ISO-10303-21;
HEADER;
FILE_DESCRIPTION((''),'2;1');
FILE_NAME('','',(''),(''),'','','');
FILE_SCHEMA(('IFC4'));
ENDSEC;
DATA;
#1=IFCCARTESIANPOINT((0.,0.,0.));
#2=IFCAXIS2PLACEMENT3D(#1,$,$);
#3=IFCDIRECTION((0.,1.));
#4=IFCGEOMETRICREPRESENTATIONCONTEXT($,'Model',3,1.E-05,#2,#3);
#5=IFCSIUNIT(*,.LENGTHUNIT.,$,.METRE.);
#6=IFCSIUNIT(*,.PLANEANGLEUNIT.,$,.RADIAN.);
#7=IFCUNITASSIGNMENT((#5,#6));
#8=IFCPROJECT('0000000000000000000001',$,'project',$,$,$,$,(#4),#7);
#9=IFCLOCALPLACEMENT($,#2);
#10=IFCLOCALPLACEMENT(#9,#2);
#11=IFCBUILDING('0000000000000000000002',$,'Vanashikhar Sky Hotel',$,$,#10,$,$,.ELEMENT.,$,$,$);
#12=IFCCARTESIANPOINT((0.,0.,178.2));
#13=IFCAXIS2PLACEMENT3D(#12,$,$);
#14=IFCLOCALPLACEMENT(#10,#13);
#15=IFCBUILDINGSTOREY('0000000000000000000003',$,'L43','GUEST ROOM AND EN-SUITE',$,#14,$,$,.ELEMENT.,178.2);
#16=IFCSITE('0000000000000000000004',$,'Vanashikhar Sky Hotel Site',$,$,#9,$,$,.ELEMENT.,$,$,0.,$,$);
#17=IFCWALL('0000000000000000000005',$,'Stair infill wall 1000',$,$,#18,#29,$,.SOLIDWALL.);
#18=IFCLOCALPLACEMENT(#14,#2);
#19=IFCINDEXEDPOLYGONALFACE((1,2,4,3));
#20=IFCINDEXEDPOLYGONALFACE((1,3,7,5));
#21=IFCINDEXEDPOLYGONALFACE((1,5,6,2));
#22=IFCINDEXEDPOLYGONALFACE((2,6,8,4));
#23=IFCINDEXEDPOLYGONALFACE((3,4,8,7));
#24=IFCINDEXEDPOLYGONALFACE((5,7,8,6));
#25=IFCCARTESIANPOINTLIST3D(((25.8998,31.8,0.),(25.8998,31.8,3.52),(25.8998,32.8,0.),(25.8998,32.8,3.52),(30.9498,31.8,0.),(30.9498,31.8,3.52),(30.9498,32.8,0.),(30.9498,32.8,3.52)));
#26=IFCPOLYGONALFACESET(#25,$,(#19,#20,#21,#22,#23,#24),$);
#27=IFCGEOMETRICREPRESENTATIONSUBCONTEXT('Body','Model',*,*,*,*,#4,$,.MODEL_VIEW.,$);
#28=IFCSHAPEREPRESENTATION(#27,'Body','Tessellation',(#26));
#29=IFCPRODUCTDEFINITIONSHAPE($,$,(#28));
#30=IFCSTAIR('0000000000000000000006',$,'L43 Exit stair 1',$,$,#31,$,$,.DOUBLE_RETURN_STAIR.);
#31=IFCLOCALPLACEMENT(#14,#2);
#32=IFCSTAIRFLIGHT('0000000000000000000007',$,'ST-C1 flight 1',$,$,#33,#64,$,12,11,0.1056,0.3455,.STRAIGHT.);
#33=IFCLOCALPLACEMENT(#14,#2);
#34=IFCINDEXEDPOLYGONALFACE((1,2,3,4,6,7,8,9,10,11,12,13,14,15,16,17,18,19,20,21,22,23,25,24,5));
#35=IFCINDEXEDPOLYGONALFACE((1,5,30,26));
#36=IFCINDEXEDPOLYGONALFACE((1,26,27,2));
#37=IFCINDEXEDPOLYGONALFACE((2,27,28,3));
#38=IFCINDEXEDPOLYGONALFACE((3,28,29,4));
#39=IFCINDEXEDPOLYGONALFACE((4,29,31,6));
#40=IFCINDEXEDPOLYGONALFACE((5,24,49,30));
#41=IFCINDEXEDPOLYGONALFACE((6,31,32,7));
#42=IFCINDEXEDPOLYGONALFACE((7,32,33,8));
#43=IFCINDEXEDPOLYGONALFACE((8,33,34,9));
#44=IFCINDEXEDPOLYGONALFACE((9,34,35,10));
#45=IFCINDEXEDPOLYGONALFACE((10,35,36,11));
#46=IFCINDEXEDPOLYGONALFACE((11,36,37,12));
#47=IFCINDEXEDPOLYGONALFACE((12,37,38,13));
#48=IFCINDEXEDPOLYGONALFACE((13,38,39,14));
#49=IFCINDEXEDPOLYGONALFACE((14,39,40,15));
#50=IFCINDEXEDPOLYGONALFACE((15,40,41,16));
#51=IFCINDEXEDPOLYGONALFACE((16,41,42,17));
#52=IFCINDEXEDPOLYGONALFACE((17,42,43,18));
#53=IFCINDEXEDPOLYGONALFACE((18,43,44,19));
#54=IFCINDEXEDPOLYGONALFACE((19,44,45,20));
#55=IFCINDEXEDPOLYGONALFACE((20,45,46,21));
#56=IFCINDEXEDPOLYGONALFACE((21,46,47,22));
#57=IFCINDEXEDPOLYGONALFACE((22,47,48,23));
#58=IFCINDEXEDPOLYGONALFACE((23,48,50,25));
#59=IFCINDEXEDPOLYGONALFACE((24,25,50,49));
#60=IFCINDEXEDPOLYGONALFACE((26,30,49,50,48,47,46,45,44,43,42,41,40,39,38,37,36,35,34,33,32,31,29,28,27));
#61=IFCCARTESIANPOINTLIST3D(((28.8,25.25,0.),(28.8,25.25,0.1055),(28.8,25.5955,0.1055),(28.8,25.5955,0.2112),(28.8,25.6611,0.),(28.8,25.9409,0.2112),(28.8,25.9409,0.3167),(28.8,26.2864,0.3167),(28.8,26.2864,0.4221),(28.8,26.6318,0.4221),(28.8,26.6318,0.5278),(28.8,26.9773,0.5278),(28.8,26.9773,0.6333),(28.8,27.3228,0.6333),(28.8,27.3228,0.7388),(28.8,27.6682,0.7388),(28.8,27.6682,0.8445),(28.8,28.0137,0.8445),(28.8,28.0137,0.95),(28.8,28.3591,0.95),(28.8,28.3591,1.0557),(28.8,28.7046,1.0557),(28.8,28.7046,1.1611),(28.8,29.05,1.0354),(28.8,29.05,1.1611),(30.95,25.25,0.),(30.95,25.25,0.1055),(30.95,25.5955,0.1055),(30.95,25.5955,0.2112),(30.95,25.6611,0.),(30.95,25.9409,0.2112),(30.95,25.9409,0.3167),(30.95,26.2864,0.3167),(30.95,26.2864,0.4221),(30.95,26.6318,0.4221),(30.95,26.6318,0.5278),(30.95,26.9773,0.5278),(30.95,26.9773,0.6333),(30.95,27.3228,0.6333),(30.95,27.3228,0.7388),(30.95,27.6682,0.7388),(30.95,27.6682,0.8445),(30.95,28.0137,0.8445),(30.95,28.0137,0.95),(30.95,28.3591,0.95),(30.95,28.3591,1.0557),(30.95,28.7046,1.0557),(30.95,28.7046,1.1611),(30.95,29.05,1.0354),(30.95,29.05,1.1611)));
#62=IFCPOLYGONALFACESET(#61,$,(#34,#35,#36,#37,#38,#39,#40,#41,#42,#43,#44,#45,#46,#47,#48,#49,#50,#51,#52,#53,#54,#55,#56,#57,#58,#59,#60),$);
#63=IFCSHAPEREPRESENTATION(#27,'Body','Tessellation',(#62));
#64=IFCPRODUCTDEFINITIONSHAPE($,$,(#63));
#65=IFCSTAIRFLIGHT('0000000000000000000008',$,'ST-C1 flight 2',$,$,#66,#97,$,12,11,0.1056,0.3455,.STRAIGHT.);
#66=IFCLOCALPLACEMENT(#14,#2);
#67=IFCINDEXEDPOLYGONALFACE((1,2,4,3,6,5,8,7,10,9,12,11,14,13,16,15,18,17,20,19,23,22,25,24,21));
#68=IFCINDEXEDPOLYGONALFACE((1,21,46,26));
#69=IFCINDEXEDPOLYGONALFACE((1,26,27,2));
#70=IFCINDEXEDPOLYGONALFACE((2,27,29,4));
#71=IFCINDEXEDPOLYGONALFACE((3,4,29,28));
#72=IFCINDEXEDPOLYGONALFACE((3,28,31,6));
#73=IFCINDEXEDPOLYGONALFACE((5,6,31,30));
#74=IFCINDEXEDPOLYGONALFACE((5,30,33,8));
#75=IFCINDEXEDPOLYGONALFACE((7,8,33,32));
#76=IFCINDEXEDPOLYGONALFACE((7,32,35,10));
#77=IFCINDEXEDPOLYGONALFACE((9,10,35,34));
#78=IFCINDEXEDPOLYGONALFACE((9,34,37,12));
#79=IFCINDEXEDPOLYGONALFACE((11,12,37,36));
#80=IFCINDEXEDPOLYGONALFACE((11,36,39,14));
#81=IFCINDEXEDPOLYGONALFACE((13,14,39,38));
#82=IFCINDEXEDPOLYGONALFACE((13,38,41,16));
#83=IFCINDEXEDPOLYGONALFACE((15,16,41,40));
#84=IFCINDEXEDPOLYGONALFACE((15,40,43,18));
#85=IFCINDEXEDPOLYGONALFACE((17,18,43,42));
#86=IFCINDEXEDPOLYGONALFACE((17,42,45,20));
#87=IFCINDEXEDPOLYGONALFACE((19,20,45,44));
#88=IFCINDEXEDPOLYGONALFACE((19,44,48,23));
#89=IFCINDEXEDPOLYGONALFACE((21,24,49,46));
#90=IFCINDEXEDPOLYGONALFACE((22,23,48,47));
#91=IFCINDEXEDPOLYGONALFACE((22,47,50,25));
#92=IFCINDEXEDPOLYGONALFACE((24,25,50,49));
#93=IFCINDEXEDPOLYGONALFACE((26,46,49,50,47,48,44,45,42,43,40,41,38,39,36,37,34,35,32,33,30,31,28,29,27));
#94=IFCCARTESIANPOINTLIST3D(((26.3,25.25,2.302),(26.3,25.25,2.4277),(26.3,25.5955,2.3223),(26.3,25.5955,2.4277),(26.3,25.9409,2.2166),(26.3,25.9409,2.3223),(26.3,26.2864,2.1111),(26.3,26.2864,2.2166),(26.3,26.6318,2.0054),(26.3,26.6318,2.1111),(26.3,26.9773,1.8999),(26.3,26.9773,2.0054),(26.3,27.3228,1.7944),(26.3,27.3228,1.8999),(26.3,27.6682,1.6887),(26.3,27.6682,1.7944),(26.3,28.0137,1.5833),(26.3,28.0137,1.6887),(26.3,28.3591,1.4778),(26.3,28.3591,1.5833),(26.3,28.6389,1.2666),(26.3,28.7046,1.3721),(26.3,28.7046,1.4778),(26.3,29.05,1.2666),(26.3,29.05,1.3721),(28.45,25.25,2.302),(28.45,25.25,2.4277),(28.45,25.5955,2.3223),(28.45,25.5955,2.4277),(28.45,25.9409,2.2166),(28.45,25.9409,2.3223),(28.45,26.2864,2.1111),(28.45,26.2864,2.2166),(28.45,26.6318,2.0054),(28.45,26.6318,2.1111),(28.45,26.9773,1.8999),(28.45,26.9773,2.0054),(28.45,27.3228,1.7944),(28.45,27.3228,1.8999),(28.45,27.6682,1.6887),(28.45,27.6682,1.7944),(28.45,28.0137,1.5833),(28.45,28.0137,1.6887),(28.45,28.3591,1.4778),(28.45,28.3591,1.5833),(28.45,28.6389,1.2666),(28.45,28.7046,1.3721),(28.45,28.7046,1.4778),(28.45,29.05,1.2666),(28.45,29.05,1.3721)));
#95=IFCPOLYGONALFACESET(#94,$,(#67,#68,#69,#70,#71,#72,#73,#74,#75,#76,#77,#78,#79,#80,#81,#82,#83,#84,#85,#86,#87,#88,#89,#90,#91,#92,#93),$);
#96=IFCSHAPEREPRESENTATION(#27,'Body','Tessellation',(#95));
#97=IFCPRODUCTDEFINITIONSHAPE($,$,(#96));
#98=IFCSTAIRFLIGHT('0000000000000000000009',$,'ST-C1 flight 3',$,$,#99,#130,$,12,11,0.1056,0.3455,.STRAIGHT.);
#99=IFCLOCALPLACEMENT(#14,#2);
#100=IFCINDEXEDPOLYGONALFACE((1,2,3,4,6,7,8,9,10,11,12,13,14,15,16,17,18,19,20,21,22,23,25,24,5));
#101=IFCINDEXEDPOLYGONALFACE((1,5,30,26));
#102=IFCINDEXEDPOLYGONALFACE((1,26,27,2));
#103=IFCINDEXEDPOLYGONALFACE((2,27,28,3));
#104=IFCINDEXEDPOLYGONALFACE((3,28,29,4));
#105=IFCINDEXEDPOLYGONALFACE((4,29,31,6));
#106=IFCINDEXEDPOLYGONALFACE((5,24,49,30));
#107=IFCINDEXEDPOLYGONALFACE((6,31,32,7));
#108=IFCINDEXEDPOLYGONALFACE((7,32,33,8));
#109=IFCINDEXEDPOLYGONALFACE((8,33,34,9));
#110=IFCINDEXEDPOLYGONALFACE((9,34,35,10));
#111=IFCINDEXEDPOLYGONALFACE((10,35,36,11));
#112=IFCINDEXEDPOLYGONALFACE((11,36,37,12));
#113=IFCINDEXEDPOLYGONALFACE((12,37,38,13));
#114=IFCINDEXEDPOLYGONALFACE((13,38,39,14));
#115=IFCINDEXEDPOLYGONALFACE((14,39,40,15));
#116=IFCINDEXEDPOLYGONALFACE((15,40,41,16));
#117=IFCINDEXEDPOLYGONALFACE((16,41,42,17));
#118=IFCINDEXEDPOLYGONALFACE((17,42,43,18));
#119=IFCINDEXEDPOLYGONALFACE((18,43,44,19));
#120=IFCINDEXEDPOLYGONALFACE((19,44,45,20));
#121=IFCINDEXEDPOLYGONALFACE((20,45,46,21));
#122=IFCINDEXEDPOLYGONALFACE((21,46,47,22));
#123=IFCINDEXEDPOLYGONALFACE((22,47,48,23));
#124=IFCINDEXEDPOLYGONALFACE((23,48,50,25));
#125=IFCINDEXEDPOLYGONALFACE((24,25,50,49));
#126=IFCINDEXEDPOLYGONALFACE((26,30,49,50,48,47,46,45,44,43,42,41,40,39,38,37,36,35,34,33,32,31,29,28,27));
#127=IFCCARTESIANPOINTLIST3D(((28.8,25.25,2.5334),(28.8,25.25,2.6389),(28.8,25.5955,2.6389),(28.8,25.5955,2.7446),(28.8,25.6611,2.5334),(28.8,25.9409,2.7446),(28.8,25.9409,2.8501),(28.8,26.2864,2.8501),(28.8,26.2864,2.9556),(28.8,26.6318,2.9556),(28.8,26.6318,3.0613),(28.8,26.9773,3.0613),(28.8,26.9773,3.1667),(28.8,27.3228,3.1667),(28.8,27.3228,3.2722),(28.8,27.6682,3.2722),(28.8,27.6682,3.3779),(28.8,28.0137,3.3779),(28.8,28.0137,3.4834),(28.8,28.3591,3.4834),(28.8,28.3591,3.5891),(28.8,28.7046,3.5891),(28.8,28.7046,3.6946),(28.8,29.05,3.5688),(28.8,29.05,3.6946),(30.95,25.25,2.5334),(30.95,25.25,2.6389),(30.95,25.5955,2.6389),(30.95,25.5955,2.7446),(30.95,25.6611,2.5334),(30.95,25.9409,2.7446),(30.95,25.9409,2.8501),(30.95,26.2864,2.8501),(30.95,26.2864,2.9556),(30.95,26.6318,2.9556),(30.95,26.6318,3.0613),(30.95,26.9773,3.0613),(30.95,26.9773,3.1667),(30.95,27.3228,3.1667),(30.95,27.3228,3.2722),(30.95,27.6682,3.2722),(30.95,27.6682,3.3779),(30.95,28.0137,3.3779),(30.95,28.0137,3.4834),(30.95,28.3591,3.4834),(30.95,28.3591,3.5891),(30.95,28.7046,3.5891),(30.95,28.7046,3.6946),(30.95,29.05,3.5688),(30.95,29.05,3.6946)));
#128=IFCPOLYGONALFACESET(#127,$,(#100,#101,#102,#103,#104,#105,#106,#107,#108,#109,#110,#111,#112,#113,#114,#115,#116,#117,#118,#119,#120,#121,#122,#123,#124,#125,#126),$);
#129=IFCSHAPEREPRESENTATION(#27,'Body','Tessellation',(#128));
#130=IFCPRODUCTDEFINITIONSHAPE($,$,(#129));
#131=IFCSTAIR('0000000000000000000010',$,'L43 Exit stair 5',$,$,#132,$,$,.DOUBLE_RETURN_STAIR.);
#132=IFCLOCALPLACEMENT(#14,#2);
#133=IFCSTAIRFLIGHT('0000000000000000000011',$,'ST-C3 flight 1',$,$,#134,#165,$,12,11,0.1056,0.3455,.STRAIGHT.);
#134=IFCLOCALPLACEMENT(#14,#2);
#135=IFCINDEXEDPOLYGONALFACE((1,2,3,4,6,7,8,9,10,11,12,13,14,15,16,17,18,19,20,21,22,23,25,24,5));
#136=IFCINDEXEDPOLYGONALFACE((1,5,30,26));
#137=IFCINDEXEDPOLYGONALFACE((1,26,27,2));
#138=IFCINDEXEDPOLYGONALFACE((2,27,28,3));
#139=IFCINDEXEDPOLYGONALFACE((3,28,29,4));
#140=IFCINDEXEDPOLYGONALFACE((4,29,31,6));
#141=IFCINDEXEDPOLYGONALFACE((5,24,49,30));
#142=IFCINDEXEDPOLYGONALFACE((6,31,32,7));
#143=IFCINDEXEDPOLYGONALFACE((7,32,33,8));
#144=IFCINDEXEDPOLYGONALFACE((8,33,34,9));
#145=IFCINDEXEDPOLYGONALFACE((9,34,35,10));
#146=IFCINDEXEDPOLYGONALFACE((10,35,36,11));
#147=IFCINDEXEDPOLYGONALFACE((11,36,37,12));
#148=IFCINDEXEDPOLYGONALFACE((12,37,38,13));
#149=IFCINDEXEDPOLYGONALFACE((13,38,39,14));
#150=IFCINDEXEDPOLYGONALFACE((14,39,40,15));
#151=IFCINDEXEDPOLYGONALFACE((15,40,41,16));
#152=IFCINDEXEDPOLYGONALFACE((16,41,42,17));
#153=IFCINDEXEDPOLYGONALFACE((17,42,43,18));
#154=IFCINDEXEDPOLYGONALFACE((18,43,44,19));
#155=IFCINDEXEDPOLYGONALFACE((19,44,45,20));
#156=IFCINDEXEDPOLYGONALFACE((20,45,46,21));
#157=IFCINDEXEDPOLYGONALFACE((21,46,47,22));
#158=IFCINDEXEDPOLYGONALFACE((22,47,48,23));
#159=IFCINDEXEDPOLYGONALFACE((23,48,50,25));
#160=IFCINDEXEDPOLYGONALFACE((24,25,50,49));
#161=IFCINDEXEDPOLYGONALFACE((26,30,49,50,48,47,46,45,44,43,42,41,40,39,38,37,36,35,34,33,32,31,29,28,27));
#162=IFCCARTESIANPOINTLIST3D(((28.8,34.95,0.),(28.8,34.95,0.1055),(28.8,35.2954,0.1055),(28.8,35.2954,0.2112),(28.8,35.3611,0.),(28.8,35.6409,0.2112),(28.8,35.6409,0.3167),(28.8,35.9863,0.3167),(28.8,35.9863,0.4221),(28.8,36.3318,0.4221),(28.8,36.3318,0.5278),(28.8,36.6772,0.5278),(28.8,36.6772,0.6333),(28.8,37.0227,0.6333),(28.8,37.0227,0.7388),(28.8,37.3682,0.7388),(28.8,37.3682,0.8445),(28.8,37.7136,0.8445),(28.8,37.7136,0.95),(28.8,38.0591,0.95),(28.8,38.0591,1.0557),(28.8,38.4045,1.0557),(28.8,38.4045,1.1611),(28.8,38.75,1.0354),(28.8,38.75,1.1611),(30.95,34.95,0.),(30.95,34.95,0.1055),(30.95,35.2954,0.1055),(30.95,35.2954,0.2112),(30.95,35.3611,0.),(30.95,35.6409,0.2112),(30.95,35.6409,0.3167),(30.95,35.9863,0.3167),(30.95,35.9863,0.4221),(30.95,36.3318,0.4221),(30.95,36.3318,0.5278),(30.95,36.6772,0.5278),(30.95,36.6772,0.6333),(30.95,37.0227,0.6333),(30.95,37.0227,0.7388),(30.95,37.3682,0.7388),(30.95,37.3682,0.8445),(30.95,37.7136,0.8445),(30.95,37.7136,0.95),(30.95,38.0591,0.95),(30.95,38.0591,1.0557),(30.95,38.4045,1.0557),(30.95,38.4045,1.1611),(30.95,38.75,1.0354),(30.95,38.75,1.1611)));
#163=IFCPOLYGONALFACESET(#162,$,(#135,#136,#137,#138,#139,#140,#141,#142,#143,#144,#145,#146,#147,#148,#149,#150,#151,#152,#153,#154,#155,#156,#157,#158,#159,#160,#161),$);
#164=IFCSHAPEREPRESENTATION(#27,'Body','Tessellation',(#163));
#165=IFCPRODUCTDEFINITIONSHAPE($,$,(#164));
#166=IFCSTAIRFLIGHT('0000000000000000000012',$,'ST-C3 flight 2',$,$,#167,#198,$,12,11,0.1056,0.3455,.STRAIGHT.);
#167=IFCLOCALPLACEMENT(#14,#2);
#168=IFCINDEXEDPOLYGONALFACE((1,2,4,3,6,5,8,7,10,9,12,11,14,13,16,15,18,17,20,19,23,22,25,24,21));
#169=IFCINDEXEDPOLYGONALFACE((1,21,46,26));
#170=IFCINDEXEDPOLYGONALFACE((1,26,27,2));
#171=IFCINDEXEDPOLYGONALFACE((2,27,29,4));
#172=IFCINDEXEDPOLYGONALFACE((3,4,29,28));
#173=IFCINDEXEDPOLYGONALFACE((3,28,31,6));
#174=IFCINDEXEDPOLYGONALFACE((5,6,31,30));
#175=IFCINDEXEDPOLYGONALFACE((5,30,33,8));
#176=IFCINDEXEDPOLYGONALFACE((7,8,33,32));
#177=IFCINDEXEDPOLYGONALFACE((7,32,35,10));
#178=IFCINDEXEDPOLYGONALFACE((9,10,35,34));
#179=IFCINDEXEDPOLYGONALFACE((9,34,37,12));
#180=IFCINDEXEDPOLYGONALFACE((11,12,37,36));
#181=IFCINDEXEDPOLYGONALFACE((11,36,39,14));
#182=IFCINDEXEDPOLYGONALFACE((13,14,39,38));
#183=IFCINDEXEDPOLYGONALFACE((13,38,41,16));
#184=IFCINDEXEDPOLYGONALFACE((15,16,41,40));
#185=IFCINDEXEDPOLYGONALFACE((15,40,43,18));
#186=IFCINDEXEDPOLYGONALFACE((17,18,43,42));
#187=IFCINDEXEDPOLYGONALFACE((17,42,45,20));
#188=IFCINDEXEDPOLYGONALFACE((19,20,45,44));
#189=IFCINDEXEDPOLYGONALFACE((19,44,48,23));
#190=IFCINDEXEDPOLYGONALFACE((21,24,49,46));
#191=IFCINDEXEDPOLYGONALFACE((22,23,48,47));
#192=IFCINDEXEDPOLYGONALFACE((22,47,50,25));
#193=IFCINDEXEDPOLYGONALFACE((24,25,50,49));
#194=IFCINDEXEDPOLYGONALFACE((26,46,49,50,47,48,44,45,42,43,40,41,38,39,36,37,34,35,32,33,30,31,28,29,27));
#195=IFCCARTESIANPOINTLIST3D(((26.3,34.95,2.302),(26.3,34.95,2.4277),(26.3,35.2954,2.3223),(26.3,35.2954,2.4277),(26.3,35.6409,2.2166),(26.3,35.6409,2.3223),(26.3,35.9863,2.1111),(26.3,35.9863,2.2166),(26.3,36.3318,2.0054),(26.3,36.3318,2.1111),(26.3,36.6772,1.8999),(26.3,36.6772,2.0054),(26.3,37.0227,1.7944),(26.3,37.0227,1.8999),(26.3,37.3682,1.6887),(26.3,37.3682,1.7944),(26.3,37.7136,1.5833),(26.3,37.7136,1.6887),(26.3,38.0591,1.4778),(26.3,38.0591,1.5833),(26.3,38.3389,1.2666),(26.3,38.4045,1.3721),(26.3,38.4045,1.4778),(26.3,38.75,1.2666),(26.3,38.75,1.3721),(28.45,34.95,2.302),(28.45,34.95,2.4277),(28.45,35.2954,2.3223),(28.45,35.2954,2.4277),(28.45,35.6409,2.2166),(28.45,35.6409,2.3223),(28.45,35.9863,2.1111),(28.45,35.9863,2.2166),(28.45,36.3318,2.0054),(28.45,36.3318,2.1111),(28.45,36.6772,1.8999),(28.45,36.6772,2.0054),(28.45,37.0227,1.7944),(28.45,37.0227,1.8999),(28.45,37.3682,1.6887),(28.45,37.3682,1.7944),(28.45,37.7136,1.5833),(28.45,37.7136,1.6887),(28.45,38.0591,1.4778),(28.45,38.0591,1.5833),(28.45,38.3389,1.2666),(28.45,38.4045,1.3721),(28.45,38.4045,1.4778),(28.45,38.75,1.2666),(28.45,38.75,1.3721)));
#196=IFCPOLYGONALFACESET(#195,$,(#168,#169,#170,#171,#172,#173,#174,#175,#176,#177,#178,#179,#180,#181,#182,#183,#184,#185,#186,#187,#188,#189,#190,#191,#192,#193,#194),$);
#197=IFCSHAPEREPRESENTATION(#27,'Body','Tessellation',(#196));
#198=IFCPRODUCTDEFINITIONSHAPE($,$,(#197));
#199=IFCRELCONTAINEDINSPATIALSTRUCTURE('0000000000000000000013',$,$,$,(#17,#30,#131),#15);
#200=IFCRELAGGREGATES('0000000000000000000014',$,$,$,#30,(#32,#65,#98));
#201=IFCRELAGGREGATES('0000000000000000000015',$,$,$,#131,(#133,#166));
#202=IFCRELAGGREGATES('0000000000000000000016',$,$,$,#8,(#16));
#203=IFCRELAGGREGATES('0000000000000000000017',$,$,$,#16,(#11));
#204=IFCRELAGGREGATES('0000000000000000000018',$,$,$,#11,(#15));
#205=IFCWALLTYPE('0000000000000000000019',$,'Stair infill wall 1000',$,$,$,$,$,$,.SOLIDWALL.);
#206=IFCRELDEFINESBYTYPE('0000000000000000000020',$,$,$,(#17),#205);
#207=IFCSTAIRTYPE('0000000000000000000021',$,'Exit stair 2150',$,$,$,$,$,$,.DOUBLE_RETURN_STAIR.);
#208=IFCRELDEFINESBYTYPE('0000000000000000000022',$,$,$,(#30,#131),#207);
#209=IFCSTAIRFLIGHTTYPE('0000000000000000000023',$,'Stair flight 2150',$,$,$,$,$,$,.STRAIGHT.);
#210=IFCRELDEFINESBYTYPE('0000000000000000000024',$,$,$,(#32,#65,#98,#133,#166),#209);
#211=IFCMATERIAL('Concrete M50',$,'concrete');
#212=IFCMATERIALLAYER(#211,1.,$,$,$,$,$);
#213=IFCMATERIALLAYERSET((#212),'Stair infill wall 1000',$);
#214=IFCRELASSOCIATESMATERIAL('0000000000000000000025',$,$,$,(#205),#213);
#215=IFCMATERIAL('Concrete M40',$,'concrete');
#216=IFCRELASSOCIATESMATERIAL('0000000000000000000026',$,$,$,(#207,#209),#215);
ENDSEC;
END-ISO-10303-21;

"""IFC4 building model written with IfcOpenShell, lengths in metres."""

from ifc_helpers import new_model, si_unit, direction, frame, frame_2d, origin, place, context, subcontext, project, spatial, polyline, rectangle, outline, extrude, source, transform, mapped, material, layer, layer_set, type_object, element, aggregate, save


model = new_model("IFC4")

# Units and contexts
model_context = context("Model", 3, precision=1e-05, world=origin(), true_north=direction((0.0, 1.0)))
body_context = subcontext(model_context, "Body", "Model", "MODEL_VIEW")
ifc_project = project(units=[si_unit("LENGTHUNIT", "METRE"), si_unit("PLANEANGLEUNIT", "RADIAN")], contexts=[model_context])

# Site, building, storey
site_placement = place(None, origin())
site = spatial("IfcSite", under=ifc_project, at=site_placement, Name="Vanashikhar Sky Hotel Site", CompositionType="ELEMENT", RefElevation=0.0)
building_placement = place(site_placement, origin())
building = spatial("IfcBuilding", under=site, at=building_placement, Name="Vanashikhar Sky Hotel", CompositionType="ELEMENT")
storey_placement = place(building_placement, frame((0.0, 0.0, 178.2)))
storey = spatial("IfcBuildingStorey", under=building, at=storey_placement, Name="L43", Description="GUEST ROOM AND EN-SUITE", CompositionType="ELEMENT", Elevation=178.2)

# Shared definitions
ifc_material_1 = material(Name="Concrete M50", Category="concrete")

# Wall
ifc_layer_1 = layer(ifc_material_1, 1.0)
ifc_layer_set_1 = layer_set([ifc_layer_1], Name="Stair infill wall 1000")
wall_type_1 = type_object("IfcWallType", Name="Stair infill wall 1000", PredefinedType="SOLIDWALL", material=ifc_layer_set_1)
shared_shape_1 = source(origin(), body_context, "Body", "SweptSolid", [
    extrude(rectangle(XDim=5.05, YDim=1.0, at=frame_2d((2.5249, 0.0))), origin(), (0.0, 0.0, 1.0), 3.52),
])
wall_1_placement = place(storey_placement, frame((25.8999, 32.3, 0.0), z_axis=(0.0, 0.0, 1.0), x_axis=(1.0, 0.0, 0.0)))
element("IfcWall", 1, at=wall_1_placement, inside=storey, type_object=wall_type_1, Name="Stair infill wall 1000", PredefinedType="SOLIDWALL", context=body_context, shape_type="MappedRepresentation", body=[
    mapped(shared_shape_1, transform((0.0, 0.0, 0.0), scale=1.0)),
])

# Stairs, stair flights
ifc_material_2 = material(Name="Concrete M40", Category="concrete")
stair_type = type_object("IfcStairType", Name="Exit stair 2150", PredefinedType="DOUBLE_RETURN_STAIR", material=ifc_material_2)
stair_1_placement = place(storey_placement, origin())
stair_1 = element("IfcStair", 2, at=stair_1_placement, inside=storey, type_object=stair_type, Name="L43 Exit stair 1", PredefinedType="DOUBLE_RETURN_STAIR")
stair_flight_type = type_object("IfcStairFlightType", Name="Stair flight 2150", PredefinedType="STRAIGHT", material=ifc_material_2)
shared_shape_2 = source(origin(), body_context, "Body", "SweptSolid", [
    extrude(outline(polyline([(0.0, 0.0), (0.0, 0.1055), (0.3455, 0.1055), (0.3455, 0.2112), (0.6909, 0.2112), (0.6909, 0.3167), (1.0364, 0.3167), (1.0364, 0.4221), (1.3818, 0.4221), (1.3818, 0.5278), (1.7273, 0.5278), (1.7273, 0.6333), (2.0728, 0.6333), (2.0728, 0.7388), (2.4182, 0.7388), (2.4182, 0.8445), (2.7637, 0.8445), (2.7637, 0.95), (3.1091, 0.95), (3.1091, 1.0557), (3.4546, 1.0557), (3.4546, 1.1611), (3.8, 1.1611), (3.8, 1.2666), (3.8, 1.0354), (0.4111, 0.0), (0.0, 0.0)])), frame((0.0, 1.075, 0.0), z_axis=(0.0, -1.0, 0.0), x_axis=(1.0, 0.0, 0.0)), (0.0, 0.0, 1.0), 2.1499),
])
stair_flight_1_placement = place(storey_placement, frame((29.875, 25.25, 0.0), z_axis=(0.0, 0.0, 1.0), x_axis=(0.0, 1.0, 0.0)))
stair_flight_1 = element("IfcStairFlight", 3, at=stair_flight_1_placement, type_object=stair_flight_type, Name="ST-C1 flight 1", NumberOfRisers=12, NumberOfTreads=11, PredefinedType="STRAIGHT", RiserHeight=0.1056, TreadLength=0.3455, context=body_context, shape_type="MappedRepresentation", body=[
    mapped(shared_shape_2, transform((0.0, 0.0, 0.0), scale=1.0)),
])
stair_flight_2_placement = place(storey_placement, frame((27.375, 29.05, 1.2666), z_axis=(0.0, 0.0, 1.0), x_axis=(0.0, -1.0, 0.0)))
stair_flight_2 = element("IfcStairFlight", 4, at=stair_flight_2_placement, type_object=stair_flight_type, Name="ST-C1 flight 2", NumberOfRisers=12, NumberOfTreads=11, PredefinedType="STRAIGHT", RiserHeight=0.1056, TreadLength=0.3455, context=body_context, shape_type="MappedRepresentation", body=[
    mapped(shared_shape_2, transform((0.0, 0.0, 0.0), scale=1.0)),
])
stair_flight_3_placement = place(storey_placement, frame((29.875, 25.25, 2.5334), z_axis=(0.0, 0.0, 1.0), x_axis=(0.0, 1.0, 0.0)))
stair_flight_3 = element("IfcStairFlight", 5, at=stair_flight_3_placement, type_object=stair_flight_type, Name="ST-C1 flight 3", NumberOfRisers=12, NumberOfTreads=11, PredefinedType="STRAIGHT", RiserHeight=0.1056, TreadLength=0.3455, context=body_context, shape_type="MappedRepresentation", body=[
    mapped(shared_shape_2, transform((0.0, 0.0, 0.0), scale=1.0)),
])
aggregate(stair_1, [stair_flight_1, stair_flight_2, stair_flight_3])
stair_2_placement = place(storey_placement, origin())
stair_2 = element("IfcStair", 6, at=stair_2_placement, inside=storey, type_object=stair_type, Name="L43 Exit stair 5", PredefinedType="DOUBLE_RETURN_STAIR")
stair_flight_4_placement = place(storey_placement, frame((29.875, 34.95, 0.0), z_axis=(0.0, 0.0, 1.0), x_axis=(0.0, 1.0, 0.0)))
stair_flight_4 = element("IfcStairFlight", 7, at=stair_flight_4_placement, type_object=stair_flight_type, Name="ST-C3 flight 1", NumberOfRisers=12, NumberOfTreads=11, PredefinedType="STRAIGHT", RiserHeight=0.1056, TreadLength=0.3455, context=body_context, shape_type="MappedRepresentation", body=[
    mapped(shared_shape_2, transform((0.0, 0.0, 0.0), scale=1.0)),
])
stair_flight_5_placement = place(storey_placement, frame((27.375, 38.75, 1.2666), z_axis=(0.0, 0.0, 1.0), x_axis=(0.0, -1.0, 0.0)))
stair_flight_5 = element("IfcStairFlight", 8, at=stair_flight_5_placement, type_object=stair_flight_type, Name="ST-C3 flight 2", NumberOfRisers=12, NumberOfTreads=11, PredefinedType="STRAIGHT", RiserHeight=0.1056, TreadLength=0.3455, context=body_context, shape_type="MappedRepresentation", body=[
    mapped(shared_shape_2, transform((0.0, 0.0, 0.0), scale=1.0)),
])
aggregate(stair_2, [stair_flight_4, stair_flight_5])

save(model, "model.ifc")
